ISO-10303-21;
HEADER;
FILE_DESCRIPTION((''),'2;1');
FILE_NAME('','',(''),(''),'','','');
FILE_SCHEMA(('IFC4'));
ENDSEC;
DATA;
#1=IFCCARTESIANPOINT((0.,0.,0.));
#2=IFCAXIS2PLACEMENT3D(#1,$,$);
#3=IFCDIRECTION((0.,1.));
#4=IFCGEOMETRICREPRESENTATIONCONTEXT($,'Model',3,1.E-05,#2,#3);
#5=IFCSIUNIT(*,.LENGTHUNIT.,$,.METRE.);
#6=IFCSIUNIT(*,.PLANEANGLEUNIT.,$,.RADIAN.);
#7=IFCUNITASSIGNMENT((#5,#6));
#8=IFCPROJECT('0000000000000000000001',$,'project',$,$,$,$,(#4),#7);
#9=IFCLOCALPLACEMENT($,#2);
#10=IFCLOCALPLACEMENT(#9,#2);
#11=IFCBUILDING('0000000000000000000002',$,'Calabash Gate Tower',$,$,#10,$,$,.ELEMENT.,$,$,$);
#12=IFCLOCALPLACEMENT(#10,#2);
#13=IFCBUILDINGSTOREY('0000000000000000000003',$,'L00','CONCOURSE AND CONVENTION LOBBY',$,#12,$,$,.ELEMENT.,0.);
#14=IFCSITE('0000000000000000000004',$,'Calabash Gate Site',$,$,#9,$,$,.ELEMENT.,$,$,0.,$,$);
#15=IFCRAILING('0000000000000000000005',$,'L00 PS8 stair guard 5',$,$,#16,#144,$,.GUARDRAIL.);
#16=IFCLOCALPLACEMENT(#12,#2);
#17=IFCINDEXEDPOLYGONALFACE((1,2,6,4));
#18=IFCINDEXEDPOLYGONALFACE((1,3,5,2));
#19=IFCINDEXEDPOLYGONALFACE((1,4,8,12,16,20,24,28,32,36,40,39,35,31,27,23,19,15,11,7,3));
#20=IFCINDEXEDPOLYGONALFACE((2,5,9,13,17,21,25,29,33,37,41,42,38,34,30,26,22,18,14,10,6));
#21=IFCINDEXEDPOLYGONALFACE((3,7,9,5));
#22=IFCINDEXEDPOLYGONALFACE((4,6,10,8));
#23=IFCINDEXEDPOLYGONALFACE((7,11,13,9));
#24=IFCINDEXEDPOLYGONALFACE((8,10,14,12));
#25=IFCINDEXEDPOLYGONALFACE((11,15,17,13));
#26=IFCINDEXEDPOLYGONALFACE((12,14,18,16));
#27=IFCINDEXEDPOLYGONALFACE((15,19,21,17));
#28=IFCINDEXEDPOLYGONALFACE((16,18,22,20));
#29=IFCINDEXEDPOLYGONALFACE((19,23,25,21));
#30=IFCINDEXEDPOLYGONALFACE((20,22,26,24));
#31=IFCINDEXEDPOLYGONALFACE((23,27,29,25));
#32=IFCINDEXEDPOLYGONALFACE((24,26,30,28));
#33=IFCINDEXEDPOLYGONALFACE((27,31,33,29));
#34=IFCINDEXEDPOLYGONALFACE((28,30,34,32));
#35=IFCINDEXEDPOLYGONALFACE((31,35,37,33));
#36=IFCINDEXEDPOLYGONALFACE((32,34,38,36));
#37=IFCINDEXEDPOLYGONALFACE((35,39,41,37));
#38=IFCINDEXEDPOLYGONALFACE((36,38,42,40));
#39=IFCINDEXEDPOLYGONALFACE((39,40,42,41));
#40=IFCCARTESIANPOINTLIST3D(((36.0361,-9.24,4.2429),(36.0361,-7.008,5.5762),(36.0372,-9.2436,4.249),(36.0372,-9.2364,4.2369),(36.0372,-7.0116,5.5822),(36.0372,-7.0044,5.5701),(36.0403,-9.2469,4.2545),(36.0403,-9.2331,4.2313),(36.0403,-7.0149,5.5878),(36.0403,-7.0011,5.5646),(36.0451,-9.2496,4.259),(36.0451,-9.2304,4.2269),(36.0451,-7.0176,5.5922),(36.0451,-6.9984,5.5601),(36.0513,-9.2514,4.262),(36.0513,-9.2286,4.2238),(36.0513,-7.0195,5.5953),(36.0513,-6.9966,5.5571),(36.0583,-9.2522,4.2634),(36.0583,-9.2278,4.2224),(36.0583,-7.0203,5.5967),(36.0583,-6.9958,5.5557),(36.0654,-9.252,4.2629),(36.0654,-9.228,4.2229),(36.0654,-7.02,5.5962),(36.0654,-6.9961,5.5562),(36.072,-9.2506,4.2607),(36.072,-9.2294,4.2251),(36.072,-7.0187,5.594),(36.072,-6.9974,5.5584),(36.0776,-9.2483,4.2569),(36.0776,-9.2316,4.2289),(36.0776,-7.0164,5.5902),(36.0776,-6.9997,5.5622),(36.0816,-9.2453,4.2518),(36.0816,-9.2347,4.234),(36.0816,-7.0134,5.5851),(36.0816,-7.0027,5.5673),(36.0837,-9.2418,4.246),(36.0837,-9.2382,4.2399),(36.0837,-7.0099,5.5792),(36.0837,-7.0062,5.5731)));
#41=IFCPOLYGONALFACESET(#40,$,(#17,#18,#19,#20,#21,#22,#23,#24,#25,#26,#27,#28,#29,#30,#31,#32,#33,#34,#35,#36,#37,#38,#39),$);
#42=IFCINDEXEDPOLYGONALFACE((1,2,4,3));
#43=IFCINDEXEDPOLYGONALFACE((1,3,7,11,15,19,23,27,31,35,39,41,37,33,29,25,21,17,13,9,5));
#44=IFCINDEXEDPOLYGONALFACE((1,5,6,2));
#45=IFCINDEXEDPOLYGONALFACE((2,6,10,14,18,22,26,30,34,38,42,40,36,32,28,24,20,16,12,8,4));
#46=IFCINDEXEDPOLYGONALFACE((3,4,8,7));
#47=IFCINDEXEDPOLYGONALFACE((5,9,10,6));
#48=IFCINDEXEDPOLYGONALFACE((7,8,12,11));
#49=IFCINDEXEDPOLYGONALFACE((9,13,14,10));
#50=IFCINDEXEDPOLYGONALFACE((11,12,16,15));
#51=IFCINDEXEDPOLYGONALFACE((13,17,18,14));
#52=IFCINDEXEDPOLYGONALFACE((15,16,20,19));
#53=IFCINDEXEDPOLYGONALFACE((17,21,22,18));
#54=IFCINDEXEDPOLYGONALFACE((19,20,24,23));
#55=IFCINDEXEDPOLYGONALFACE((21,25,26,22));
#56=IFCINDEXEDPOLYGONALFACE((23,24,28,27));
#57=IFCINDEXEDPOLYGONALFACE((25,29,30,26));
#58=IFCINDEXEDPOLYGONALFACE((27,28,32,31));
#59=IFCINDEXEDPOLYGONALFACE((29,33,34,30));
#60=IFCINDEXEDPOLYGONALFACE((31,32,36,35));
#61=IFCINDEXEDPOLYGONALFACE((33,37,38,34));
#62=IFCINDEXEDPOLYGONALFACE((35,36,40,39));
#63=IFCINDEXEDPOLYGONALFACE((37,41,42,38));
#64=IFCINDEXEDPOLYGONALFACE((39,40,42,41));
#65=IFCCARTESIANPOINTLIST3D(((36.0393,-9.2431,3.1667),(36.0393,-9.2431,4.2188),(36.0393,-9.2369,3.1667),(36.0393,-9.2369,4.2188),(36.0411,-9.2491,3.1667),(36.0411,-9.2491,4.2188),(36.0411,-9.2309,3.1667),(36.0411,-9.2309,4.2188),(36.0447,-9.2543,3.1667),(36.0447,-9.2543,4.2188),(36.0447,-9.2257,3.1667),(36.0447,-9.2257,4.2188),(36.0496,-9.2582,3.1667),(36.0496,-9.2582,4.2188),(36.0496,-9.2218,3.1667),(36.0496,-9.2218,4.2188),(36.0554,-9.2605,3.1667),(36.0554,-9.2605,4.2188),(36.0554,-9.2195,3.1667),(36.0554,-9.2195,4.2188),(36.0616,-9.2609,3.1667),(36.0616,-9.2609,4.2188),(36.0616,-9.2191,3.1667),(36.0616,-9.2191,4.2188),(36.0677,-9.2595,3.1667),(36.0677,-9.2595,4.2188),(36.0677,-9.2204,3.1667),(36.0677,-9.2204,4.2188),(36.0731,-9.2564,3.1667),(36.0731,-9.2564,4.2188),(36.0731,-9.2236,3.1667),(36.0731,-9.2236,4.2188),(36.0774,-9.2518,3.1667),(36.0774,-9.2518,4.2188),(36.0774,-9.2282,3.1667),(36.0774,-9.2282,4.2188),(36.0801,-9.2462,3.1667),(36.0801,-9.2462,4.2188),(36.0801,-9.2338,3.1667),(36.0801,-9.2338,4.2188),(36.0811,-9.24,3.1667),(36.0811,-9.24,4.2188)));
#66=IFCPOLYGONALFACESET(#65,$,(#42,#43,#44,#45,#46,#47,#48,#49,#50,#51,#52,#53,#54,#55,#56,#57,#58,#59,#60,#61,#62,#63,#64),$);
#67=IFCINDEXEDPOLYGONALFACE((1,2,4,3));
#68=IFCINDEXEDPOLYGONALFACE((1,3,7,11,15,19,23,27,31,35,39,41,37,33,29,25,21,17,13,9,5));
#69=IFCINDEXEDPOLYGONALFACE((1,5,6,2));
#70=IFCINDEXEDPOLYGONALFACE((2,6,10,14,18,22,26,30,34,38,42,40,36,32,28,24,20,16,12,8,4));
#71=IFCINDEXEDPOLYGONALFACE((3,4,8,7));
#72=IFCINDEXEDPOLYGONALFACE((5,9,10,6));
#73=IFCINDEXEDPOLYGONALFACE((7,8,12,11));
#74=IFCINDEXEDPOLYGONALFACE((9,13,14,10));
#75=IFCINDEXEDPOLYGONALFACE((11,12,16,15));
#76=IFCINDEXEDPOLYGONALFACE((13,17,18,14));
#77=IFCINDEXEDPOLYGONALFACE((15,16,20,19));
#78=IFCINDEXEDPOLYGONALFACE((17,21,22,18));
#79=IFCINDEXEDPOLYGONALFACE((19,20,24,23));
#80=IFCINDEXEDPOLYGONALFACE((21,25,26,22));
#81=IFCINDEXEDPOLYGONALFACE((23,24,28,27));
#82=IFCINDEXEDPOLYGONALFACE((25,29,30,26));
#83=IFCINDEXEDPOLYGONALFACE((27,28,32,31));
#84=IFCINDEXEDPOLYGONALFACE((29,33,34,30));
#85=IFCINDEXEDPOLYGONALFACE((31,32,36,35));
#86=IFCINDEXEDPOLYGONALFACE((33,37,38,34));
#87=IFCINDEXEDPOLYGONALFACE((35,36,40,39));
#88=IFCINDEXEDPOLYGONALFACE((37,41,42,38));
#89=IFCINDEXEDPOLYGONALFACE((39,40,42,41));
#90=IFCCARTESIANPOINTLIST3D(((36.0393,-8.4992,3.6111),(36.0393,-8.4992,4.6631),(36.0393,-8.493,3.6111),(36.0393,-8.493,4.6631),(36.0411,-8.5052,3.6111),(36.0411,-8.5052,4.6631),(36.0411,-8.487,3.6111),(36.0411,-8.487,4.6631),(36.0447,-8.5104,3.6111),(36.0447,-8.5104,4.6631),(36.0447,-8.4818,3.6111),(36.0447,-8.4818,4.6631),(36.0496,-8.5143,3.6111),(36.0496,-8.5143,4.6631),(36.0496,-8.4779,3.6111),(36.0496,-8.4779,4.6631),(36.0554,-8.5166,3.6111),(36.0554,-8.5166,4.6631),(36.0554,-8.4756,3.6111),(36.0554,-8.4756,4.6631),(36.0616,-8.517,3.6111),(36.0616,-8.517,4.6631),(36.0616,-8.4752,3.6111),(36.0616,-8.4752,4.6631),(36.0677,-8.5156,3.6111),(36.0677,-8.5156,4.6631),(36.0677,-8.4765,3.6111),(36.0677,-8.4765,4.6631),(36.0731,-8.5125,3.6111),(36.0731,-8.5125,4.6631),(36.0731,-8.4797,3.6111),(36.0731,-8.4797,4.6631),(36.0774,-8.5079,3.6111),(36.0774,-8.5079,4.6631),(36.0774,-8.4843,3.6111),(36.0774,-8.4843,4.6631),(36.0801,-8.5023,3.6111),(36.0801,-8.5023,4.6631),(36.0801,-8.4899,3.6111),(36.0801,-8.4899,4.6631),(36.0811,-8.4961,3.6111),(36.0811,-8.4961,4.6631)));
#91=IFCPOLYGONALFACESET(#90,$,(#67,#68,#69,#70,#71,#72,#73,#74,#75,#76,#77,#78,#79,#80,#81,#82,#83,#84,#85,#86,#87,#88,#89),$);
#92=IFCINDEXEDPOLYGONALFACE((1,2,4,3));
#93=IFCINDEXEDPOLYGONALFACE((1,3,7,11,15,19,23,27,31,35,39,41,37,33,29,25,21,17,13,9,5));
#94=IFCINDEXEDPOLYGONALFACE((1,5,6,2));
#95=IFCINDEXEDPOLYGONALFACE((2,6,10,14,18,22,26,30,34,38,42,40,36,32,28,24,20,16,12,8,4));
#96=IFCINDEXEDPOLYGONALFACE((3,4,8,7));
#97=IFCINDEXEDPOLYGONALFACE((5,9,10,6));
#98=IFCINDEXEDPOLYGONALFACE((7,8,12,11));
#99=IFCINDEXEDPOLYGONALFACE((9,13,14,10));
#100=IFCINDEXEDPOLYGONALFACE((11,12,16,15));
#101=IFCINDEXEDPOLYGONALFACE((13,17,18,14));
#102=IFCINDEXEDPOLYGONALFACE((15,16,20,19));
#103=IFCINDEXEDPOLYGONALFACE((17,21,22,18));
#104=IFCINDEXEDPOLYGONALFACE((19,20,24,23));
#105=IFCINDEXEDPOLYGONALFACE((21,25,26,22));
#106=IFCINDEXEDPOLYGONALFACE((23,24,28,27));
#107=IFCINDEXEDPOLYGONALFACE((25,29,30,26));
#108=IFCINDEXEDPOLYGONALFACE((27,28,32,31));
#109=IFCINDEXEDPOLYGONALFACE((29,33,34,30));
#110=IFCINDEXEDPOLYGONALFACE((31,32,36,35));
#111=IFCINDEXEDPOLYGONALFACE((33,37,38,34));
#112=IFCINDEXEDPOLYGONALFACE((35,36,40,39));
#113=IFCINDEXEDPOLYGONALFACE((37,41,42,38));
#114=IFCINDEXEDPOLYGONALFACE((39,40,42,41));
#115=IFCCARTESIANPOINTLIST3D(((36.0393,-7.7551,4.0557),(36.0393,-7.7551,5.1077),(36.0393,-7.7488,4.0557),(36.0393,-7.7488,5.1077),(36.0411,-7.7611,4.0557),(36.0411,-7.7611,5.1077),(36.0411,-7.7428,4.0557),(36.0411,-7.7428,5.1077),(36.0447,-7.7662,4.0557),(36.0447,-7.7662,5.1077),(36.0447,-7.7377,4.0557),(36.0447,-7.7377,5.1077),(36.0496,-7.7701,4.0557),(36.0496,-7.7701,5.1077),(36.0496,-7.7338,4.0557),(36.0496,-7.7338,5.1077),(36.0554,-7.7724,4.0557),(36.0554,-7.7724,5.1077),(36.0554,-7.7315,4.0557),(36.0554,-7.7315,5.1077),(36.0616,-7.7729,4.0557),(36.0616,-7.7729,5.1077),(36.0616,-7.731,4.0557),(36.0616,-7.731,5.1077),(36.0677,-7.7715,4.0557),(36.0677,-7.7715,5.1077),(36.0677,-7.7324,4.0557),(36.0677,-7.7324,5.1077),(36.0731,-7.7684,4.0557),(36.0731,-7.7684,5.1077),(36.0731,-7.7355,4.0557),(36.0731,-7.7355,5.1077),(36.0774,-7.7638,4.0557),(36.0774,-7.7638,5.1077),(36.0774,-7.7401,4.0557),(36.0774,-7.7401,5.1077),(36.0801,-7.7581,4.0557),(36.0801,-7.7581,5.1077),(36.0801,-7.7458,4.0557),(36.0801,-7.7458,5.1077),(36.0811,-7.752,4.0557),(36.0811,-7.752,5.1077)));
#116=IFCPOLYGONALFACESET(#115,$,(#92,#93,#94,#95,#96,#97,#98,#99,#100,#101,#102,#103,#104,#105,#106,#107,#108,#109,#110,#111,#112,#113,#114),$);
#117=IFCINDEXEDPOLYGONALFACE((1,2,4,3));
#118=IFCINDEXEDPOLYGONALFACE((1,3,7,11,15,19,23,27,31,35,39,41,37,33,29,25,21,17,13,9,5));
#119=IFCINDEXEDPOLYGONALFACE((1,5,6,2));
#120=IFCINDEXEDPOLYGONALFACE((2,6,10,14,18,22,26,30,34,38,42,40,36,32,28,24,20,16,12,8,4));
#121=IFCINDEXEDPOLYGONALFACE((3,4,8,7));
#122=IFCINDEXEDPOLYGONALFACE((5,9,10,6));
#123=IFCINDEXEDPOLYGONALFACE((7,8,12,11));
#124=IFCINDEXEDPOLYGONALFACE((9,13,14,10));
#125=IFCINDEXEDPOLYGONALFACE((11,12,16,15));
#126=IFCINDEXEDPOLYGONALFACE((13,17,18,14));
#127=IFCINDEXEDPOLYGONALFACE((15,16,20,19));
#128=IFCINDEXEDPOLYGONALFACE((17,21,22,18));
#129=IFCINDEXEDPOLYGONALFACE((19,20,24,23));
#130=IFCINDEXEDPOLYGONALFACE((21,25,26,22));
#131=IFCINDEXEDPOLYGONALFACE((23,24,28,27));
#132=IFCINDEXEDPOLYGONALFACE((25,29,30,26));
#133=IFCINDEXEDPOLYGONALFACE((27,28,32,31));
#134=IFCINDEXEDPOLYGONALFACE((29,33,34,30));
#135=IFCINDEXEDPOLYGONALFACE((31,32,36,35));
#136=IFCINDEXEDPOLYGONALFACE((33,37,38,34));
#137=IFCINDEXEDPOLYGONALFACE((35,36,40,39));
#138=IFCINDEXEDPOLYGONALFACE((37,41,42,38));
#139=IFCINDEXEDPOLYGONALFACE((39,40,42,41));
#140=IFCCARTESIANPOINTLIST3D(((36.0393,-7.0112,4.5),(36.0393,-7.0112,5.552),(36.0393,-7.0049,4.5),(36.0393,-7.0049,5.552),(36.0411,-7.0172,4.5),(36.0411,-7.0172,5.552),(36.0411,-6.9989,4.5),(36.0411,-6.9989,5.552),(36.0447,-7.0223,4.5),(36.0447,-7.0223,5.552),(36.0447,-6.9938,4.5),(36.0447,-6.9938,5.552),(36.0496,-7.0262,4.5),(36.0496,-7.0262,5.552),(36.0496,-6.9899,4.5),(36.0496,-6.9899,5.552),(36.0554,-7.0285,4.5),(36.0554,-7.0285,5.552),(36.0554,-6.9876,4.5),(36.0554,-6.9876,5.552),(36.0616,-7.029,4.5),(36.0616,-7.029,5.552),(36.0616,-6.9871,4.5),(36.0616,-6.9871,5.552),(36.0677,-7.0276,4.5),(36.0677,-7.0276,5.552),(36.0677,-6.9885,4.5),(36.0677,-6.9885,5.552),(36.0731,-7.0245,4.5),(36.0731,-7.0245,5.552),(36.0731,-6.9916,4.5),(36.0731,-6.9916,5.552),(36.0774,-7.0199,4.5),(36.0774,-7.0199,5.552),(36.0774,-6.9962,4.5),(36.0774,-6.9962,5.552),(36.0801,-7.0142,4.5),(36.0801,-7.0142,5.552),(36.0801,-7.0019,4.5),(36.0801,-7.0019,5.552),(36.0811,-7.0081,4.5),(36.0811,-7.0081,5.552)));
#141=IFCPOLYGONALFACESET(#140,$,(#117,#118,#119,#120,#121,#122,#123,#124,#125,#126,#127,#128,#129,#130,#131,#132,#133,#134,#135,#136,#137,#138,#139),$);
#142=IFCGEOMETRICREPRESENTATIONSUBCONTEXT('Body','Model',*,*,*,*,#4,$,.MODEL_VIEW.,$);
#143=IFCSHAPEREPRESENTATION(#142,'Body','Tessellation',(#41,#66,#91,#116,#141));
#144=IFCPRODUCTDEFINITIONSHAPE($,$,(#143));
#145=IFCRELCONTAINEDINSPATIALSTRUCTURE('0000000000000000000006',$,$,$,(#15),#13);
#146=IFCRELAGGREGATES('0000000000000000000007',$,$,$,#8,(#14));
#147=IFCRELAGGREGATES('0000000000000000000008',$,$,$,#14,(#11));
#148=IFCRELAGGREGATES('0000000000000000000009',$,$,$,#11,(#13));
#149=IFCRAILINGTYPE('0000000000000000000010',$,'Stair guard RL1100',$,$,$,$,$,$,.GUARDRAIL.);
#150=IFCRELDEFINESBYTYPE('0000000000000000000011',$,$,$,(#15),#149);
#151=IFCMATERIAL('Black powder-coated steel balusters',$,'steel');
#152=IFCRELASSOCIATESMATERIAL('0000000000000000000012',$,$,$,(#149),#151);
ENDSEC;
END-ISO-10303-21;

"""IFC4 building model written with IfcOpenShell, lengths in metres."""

from ifc_helpers import new_model, si_unit, direction, frame, origin, origin_2d, place, context, subcontext, project, spatial, circle, extrude, material, type_object, element, save


model = new_model("IFC4")

# Units and contexts
model_context = context("Model", 3, precision=1e-05, world=origin(), true_north=direction((0.0, 1.0)))
body_context = subcontext(model_context, "Body", "Model", "MODEL_VIEW")
ifc_project = project(units=[si_unit("LENGTHUNIT", "METRE"), si_unit("PLANEANGLEUNIT", "RADIAN")], contexts=[model_context])

# Site, building, storey
site_placement = place(None, origin())
site = spatial("IfcSite", under=ifc_project, at=site_placement, Name="Calabash Gate Site", CompositionType="ELEMENT", RefElevation=0.0)
building_placement = place(site_placement, origin())
building = spatial("IfcBuilding", under=site, at=building_placement, Name="Calabash Gate Tower", CompositionType="ELEMENT")
storey_placement = place(building_placement, origin())
storey = spatial("IfcBuildingStorey", under=building, at=storey_placement, Name="L00", Description="CONCOURSE AND CONVENTION LOBBY", CompositionType="ELEMENT", Elevation=0.0)

# Railing
ifc_material_1 = material(Name="Black powder-coated steel balusters", Category="steel")
railing_type_1 = type_object("IfcRailingType", Name="Stair guard RL1100", PredefinedType="GUARDRAIL", material=ifc_material_1)
railing_1_placement = place(storey_placement, frame((36.0601, -9.24, 3.1667)))
element("IfcRailing", 1, at=railing_1_placement, inside=storey, type_object=railing_type_1, Name="L00 PS8 stair guard 5", PredefinedType="GUARDRAIL", context=body_context, shape_type="SweptSolid", body=[
    extrude(circle(Radius=0.0239, at=origin_2d()), frame((0.0, 0.0, 1.0762), z_axis=(0.0, 0.858494, 0.512824), x_axis=(-1.0, 0.0, 0.0)), (0.0, 0.0, 1.0), 2.5999),
    extrude(circle(Radius=0.021, at=origin_2d()), origin(), (0.0, 0.0, 1.0), 1.052),
    extrude(circle(Radius=0.021, at=origin_2d()), frame((0.0, 0.7439, 0.4443)), (0.0, 0.0, 1.0), 1.052),
    extrude(circle(Radius=0.021, at=origin_2d()), frame((0.0, 1.488, 0.8889)), (0.0, 0.0, 1.0), 1.052),
    extrude(circle(Radius=0.021, at=origin_2d()), frame((0.0, 2.2319, 1.3333)), (0.0, 0.0, 1.0), 1.052),
])

save(model, "model.ifc")
